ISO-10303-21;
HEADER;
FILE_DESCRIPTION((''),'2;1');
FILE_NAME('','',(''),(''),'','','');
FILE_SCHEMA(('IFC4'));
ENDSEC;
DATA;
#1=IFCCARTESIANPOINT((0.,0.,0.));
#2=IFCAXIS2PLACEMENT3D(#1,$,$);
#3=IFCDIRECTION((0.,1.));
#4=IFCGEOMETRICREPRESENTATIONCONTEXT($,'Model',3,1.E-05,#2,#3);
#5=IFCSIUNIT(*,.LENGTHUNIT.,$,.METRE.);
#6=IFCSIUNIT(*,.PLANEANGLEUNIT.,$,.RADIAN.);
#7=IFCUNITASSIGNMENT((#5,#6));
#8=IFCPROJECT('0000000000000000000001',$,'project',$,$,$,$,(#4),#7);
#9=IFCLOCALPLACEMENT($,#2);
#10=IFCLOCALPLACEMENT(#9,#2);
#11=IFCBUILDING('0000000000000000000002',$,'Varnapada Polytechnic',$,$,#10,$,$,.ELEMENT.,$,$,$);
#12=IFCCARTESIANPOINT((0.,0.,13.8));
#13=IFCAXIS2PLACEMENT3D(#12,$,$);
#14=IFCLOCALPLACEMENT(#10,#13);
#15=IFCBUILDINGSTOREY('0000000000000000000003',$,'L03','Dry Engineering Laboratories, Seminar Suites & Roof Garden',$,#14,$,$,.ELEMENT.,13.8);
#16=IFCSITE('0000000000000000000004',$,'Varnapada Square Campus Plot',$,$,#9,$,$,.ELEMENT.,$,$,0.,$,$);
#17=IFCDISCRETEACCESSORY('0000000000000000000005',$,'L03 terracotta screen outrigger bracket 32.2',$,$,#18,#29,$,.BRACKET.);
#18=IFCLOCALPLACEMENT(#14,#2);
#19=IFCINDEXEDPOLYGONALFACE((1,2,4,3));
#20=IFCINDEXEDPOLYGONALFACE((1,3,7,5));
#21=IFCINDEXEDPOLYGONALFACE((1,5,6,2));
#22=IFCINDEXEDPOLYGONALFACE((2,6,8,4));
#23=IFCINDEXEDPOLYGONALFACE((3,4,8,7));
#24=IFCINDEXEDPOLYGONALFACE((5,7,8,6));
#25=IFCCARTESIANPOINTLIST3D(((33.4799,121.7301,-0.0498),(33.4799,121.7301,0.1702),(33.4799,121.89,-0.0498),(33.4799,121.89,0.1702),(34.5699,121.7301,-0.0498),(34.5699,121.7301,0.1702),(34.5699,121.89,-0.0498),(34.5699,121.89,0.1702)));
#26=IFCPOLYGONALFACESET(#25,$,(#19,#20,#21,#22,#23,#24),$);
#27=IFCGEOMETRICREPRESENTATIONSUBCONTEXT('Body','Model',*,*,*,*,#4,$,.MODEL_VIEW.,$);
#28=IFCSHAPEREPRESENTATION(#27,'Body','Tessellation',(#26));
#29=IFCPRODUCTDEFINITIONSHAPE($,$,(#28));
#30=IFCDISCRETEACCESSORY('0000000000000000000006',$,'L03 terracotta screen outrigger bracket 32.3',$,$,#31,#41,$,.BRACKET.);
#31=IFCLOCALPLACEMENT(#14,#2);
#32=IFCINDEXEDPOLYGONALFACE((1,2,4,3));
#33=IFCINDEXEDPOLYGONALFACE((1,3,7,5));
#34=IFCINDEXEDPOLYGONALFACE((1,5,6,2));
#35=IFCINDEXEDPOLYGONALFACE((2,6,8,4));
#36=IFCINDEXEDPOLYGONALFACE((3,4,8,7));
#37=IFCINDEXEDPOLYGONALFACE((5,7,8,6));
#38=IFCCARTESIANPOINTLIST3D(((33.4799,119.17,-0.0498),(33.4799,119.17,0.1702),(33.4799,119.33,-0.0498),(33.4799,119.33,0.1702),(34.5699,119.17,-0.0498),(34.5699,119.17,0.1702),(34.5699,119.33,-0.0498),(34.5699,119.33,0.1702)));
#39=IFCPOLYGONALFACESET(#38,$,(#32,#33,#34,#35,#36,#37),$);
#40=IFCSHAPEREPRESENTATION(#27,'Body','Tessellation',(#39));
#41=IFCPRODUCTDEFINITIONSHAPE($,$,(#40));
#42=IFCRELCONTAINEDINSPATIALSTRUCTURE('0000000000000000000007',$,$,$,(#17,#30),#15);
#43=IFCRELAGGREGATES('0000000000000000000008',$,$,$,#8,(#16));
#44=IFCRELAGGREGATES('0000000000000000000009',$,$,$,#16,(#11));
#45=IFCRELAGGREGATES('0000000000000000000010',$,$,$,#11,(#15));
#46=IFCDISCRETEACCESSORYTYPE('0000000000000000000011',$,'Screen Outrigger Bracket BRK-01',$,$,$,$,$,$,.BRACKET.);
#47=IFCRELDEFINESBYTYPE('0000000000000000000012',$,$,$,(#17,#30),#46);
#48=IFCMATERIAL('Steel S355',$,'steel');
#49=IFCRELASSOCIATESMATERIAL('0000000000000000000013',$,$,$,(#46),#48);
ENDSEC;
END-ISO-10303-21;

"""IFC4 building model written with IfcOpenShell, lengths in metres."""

from ifc_helpers import new_model, si_unit, direction, frame, origin, origin_2d, place, context, subcontext, project, spatial, rectangle, extrude, material, type_object, element, save


model = new_model("IFC4")

# Units and contexts
model_context = context("Model", 3, precision=1e-05, world=origin(), true_north=direction((0.0, 1.0)))
body_context = subcontext(model_context, "Body", "Model", "MODEL_VIEW")
ifc_project = project(units=[si_unit("LENGTHUNIT", "METRE"), si_unit("PLANEANGLEUNIT", "RADIAN")], contexts=[model_context])

# Site, building, storey
site_placement = place(None, origin())
site = spatial("IfcSite", under=ifc_project, at=site_placement, Name="Varnapada Square Campus Plot", CompositionType="ELEMENT", RefElevation=0.0)
building_placement = place(site_placement, origin())
building = spatial("IfcBuilding", under=site, at=building_placement, Name="Varnapada Polytechnic", CompositionType="ELEMENT")
storey_placement = place(building_placement, frame((0.0, 0.0, 13.8)))
storey = spatial("IfcBuildingStorey", under=building, at=storey_placement, Name="L03", Description="Dry Engineering Laboratories, Seminar Suites & Roof Garden", CompositionType="ELEMENT", Elevation=13.8)

# Discrete accessories
ifc_material_1 = material(Name="Steel S355", Category="steel")
discrete_accessory_type = type_object("IfcDiscreteAccessoryType", Name="Screen Outrigger Bracket BRK-01", PredefinedType="BRACKET", material=ifc_material_1)
for number, where, z_axis, x_axis, name in (
    (1, (34.0249, 121.8101, -0.0498), (0.0, 0.0, 1.0), (0.0, -1.0, 0.0), "L03 terracotta screen outrigger bracket 32.2"),
    (2, (34.0249, 119.25, -0.0498), (0.0, 0.0, 1.0), (0.0, -1.0, 0.0), "L03 terracotta screen outrigger bracket 32.3"),
):
    element("IfcDiscreteAccessory", number, at=place(storey_placement, frame(where, z_axis=z_axis, x_axis=x_axis)), inside=storey, type_object=discrete_accessory_type, Name=name, PredefinedType="BRACKET", context=body_context, shape_type="SweptSolid", body=[
        extrude(rectangle(XDim=0.1599, YDim=1.0901, at=origin_2d()), origin(), (0.0, 0.0, 1.0), 0.22),
    ])

save(model, "model.ifc")
